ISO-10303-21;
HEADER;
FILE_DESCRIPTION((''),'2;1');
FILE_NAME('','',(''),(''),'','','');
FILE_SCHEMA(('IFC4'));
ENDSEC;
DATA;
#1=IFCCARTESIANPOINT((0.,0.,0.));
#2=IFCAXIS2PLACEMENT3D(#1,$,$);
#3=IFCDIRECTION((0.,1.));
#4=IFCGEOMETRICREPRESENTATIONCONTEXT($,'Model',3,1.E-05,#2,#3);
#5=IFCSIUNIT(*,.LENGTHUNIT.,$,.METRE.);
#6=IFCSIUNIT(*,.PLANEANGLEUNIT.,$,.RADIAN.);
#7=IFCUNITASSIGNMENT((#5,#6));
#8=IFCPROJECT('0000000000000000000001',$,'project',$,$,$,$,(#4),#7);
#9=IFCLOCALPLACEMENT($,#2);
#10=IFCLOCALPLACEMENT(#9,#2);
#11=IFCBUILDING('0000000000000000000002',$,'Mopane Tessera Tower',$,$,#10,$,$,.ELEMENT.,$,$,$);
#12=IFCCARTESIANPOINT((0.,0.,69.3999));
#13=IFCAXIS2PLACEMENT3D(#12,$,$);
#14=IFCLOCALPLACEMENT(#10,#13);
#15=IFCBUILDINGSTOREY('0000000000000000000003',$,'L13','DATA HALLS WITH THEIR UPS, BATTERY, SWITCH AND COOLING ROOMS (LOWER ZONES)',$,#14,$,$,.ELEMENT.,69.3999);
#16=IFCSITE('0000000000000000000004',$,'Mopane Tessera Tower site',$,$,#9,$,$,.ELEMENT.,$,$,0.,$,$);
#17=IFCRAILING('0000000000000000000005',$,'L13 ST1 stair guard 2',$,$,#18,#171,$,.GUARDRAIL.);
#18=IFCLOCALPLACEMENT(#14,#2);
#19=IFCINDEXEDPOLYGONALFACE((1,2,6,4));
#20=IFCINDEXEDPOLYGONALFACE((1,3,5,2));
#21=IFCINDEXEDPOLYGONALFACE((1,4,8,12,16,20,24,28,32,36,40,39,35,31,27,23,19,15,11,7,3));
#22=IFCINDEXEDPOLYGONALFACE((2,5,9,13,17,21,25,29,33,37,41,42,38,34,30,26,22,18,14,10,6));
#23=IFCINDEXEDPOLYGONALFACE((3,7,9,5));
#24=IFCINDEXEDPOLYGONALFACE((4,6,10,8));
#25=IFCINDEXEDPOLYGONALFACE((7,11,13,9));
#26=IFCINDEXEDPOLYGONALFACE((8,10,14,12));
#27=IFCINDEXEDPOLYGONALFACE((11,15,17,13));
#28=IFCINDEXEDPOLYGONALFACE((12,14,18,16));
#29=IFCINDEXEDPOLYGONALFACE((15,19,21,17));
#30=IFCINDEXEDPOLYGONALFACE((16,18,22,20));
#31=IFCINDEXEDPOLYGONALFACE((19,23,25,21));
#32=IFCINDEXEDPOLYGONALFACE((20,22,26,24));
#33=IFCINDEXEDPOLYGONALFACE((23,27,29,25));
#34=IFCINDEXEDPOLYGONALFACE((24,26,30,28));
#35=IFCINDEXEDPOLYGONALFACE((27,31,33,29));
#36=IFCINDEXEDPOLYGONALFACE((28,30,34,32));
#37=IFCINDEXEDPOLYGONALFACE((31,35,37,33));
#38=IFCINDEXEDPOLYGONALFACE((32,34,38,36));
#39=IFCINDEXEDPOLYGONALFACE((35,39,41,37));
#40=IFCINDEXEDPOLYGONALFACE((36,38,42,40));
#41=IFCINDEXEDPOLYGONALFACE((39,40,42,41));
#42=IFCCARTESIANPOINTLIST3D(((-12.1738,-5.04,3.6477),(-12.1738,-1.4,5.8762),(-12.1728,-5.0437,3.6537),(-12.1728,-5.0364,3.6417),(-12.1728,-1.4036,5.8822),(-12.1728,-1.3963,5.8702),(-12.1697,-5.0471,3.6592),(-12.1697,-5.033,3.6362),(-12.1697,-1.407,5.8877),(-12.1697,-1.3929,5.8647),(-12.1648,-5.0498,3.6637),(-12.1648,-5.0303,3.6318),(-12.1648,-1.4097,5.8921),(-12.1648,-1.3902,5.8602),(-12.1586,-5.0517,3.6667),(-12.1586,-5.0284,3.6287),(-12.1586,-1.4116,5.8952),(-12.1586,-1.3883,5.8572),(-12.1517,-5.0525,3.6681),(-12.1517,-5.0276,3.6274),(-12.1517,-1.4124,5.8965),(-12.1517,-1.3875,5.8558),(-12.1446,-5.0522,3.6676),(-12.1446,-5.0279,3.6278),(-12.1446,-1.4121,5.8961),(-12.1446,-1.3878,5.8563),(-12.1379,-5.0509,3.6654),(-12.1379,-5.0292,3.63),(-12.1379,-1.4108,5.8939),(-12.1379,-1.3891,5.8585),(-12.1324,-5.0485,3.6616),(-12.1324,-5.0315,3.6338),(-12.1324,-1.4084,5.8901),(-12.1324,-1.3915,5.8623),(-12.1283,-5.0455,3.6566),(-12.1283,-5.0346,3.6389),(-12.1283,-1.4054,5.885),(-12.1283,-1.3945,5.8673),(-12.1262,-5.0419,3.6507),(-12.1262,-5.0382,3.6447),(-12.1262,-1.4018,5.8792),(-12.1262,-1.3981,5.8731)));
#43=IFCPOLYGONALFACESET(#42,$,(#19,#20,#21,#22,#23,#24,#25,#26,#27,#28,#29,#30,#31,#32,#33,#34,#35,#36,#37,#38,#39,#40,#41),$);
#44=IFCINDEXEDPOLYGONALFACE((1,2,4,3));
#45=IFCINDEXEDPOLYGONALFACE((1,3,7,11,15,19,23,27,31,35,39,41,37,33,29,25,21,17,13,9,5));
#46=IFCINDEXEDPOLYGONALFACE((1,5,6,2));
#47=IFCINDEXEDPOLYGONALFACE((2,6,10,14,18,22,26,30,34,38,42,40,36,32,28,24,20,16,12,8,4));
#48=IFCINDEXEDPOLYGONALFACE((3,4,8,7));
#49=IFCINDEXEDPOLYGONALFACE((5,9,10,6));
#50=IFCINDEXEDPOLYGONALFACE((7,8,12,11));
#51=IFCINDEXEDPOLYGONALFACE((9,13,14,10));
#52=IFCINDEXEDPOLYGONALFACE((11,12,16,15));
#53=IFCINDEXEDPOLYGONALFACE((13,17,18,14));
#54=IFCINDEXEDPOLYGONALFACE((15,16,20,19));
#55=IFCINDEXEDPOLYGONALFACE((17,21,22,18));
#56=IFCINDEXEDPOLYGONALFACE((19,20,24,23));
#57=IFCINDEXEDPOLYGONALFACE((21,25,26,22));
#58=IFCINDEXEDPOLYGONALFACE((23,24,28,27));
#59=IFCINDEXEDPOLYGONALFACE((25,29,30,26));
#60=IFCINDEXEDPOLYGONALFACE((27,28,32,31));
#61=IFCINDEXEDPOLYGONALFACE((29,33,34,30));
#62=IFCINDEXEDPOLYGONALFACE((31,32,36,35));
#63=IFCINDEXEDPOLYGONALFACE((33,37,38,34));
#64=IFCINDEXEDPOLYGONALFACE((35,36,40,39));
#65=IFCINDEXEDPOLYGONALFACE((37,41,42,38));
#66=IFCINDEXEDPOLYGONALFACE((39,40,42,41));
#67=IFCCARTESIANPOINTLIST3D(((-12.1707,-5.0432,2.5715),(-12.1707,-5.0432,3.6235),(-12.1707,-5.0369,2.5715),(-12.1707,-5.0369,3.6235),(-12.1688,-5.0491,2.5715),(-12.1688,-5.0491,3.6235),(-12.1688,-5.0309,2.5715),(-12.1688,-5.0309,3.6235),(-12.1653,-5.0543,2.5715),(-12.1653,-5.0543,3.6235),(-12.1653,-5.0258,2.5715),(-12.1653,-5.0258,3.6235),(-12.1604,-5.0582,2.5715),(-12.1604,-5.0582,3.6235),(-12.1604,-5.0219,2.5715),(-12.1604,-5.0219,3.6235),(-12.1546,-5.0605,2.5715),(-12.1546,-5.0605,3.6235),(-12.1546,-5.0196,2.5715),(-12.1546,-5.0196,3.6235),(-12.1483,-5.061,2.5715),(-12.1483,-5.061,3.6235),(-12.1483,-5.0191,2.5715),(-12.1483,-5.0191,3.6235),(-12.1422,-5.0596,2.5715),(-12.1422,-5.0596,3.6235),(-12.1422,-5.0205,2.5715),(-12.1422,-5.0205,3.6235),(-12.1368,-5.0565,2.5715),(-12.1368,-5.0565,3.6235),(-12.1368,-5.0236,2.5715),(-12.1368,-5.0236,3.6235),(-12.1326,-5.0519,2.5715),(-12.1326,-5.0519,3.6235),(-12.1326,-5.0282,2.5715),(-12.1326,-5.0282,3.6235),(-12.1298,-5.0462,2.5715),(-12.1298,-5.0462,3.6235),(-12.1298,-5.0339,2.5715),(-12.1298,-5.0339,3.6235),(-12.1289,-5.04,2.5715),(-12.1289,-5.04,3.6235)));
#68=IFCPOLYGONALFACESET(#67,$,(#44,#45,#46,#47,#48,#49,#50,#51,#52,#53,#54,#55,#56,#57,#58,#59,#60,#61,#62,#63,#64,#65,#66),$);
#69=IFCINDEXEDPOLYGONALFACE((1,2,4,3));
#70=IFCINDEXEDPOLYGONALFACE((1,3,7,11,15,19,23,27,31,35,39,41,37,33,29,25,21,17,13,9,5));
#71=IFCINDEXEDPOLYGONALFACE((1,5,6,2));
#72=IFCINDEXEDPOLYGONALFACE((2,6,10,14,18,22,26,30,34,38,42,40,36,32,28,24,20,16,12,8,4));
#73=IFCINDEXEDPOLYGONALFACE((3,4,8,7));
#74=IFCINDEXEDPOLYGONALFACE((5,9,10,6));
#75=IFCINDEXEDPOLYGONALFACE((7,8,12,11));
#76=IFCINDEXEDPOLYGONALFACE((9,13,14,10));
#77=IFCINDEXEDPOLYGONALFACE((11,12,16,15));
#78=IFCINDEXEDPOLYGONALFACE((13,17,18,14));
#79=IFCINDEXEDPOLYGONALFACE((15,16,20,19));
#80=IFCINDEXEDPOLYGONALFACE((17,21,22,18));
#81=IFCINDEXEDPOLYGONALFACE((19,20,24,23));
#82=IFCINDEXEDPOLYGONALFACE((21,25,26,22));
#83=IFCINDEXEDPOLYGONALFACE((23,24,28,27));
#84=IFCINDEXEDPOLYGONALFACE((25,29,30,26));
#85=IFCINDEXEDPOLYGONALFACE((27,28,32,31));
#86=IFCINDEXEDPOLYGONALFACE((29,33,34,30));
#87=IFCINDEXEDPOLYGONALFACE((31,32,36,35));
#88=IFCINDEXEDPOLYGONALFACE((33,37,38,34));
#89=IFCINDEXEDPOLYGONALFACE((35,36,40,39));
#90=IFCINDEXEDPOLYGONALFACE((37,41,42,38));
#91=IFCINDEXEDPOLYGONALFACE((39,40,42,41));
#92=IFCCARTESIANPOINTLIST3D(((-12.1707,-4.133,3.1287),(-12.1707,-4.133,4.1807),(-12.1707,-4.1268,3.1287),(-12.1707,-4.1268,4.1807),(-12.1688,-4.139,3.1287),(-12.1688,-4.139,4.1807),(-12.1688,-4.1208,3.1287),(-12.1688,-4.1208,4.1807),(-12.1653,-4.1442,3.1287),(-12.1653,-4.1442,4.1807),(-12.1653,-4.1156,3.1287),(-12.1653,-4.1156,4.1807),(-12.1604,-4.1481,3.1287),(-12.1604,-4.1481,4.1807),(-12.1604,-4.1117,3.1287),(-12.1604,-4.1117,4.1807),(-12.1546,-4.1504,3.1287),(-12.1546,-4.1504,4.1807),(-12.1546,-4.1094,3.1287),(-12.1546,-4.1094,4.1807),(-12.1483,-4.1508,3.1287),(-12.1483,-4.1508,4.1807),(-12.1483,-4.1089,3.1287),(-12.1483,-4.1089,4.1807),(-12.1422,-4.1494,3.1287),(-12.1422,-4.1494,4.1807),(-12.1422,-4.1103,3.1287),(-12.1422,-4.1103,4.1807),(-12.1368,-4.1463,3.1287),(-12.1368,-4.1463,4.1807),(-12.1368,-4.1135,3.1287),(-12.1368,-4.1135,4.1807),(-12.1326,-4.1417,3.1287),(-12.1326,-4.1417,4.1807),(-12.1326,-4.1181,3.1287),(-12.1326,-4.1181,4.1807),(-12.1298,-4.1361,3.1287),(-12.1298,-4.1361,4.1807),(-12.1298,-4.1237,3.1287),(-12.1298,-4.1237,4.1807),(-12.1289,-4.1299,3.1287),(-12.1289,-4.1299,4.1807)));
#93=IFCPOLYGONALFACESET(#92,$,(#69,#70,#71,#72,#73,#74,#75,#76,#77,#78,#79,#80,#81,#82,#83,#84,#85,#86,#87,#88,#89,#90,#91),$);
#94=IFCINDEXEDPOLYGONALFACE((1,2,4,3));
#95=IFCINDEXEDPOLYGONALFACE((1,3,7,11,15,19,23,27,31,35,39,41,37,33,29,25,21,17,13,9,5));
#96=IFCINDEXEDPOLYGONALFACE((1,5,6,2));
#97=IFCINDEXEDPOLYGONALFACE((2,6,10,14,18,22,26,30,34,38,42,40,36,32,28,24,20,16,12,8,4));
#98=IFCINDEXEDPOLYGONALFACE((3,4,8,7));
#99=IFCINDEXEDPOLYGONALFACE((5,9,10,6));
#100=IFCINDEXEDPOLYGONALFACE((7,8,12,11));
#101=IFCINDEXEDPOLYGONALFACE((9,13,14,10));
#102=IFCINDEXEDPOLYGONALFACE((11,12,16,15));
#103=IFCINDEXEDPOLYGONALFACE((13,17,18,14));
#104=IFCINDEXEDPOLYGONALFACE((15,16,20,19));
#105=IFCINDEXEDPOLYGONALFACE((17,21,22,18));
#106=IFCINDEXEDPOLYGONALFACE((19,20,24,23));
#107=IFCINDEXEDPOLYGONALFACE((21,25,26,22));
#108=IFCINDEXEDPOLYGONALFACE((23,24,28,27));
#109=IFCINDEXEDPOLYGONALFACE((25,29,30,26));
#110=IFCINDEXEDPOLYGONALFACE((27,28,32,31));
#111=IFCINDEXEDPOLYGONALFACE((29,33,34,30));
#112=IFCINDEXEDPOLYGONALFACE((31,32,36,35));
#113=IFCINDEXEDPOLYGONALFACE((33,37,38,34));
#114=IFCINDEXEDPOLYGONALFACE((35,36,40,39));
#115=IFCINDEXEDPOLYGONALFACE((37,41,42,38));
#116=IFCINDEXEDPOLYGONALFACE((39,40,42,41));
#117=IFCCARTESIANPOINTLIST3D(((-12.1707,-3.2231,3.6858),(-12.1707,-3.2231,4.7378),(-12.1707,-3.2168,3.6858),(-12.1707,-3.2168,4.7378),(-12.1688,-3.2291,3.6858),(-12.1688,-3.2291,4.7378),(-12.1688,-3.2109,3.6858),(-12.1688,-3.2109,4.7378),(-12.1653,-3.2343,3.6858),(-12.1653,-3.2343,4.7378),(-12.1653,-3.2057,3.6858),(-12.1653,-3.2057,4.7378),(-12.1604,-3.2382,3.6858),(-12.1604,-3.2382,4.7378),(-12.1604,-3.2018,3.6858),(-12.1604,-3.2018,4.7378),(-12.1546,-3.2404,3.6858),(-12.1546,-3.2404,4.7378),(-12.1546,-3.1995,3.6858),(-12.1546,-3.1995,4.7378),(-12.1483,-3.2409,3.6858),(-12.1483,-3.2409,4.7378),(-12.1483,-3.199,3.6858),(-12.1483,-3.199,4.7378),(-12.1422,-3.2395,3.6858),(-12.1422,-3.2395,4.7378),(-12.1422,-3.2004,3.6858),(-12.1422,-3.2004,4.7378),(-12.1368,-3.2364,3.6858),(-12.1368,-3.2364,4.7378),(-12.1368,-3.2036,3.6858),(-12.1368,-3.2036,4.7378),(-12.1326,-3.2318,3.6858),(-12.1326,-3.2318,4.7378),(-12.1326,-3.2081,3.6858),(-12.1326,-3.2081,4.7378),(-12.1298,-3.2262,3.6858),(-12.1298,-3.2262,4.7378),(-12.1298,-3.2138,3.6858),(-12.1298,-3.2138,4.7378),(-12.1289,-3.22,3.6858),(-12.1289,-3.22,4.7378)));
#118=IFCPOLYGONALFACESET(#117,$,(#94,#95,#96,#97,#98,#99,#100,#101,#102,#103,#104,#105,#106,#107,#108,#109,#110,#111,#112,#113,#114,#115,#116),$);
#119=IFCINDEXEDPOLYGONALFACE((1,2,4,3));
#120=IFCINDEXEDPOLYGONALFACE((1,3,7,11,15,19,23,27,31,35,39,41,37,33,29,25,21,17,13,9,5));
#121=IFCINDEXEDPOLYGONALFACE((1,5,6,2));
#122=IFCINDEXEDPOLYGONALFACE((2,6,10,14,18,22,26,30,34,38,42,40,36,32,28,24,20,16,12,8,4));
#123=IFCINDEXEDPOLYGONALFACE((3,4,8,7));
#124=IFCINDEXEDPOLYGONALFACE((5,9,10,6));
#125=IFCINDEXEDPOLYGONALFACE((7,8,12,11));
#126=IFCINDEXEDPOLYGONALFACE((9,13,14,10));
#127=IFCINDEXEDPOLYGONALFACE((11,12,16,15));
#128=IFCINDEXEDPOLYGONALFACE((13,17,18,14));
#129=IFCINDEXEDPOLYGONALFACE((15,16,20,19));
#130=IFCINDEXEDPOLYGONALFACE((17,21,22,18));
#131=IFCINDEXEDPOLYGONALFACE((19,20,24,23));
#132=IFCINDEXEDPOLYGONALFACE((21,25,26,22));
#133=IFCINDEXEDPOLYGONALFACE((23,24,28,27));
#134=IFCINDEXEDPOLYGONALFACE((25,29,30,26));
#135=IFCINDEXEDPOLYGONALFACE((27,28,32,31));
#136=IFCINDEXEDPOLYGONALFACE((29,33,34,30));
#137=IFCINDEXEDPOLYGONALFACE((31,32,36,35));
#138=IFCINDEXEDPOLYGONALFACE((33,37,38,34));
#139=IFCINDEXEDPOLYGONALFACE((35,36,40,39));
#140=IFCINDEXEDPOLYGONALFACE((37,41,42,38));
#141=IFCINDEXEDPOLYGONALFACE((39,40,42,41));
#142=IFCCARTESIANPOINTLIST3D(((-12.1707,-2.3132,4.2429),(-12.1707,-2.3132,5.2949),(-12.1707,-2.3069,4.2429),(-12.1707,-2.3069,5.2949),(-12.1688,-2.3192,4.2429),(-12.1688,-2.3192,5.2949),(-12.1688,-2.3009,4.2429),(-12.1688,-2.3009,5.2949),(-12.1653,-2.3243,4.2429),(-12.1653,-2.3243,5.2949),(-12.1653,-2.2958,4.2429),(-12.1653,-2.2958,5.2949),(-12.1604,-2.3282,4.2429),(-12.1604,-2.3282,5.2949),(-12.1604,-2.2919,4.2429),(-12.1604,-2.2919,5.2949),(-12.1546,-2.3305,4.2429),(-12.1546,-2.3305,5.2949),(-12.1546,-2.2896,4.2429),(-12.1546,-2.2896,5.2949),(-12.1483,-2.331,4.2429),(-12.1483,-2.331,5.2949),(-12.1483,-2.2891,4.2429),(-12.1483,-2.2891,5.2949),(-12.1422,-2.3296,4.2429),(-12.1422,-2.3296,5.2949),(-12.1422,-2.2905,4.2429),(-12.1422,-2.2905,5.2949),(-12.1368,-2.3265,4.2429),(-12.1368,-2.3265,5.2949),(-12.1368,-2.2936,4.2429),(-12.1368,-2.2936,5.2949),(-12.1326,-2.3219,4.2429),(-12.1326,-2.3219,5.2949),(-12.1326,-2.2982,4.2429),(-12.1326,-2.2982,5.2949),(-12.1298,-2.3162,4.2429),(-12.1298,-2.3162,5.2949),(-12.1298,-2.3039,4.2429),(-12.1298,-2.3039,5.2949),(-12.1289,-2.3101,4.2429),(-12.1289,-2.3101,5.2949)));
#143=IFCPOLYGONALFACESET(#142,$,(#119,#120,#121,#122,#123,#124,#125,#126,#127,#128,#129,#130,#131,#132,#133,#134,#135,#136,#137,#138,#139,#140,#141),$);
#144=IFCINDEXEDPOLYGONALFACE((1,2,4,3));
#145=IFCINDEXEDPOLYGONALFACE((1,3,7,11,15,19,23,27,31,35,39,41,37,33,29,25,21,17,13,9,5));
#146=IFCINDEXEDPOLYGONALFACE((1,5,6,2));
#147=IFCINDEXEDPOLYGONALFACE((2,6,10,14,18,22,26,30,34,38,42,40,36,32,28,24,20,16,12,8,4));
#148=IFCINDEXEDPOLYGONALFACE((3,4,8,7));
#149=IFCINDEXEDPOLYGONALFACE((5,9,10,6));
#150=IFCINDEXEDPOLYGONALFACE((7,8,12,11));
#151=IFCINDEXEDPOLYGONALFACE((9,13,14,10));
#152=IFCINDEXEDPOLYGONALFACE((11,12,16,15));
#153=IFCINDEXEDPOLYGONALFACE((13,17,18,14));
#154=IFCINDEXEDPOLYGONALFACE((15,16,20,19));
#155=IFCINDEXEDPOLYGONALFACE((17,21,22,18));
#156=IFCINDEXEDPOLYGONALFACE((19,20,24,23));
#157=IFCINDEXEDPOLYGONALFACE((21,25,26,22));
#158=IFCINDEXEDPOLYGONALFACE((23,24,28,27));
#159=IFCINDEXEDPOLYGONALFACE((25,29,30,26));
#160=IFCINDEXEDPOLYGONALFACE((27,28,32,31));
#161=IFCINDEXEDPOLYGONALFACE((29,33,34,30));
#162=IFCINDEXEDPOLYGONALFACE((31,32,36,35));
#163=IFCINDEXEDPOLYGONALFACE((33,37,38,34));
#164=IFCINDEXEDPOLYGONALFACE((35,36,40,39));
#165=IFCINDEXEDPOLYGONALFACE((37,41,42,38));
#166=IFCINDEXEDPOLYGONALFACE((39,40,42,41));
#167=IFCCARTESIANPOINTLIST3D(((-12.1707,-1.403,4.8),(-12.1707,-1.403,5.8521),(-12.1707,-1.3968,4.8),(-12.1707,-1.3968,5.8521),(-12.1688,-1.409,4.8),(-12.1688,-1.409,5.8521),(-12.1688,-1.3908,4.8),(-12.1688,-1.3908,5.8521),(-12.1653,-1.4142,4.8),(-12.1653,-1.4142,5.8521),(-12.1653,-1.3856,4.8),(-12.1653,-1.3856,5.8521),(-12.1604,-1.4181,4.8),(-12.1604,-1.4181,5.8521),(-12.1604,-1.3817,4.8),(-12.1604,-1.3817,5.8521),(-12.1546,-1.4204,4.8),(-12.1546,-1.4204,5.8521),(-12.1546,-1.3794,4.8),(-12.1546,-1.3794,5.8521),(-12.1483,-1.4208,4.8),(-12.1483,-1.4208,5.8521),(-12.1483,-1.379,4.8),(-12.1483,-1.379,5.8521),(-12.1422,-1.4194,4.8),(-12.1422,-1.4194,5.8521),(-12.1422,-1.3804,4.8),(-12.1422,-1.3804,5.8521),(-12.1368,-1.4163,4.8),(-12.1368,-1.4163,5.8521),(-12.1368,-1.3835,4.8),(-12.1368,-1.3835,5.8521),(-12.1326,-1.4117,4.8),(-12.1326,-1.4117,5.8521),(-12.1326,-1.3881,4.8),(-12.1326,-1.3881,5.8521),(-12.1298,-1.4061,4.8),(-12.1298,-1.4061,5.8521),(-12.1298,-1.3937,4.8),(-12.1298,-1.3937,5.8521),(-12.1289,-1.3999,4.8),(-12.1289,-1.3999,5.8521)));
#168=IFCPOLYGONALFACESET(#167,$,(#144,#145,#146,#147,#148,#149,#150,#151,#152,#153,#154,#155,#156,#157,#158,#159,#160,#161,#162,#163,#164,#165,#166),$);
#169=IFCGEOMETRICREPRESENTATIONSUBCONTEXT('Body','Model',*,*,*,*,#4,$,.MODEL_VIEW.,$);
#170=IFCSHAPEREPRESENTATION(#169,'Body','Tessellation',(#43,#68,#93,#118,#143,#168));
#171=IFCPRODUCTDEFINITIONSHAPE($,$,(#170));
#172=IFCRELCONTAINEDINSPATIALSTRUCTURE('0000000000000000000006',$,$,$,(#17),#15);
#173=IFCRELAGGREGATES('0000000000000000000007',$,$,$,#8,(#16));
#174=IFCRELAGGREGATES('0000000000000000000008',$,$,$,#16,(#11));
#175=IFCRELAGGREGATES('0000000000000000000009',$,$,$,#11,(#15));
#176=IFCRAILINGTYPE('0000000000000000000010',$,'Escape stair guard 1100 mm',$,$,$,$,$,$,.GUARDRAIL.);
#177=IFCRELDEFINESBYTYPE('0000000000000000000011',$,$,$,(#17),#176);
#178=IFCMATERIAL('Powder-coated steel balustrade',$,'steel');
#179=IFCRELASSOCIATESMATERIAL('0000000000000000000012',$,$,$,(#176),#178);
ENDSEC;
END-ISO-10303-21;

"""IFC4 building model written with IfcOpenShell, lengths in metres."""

from ifc_helpers import new_model, si_unit, direction, frame, origin, origin_2d, place, context, subcontext, project, spatial, circle, extrude, material, type_object, element, save


model = new_model("IFC4")

# Units and contexts
model_context = context("Model", 3, precision=1e-05, world=origin(), true_north=direction((0.0, 1.0)))
body_context = subcontext(model_context, "Body", "Model", "MODEL_VIEW")
ifc_project = project(units=[si_unit("LENGTHUNIT", "METRE"), si_unit("PLANEANGLEUNIT", "RADIAN")], contexts=[model_context])

# Site, building, storey
site_placement = place(None, origin())
site = spatial("IfcSite", under=ifc_project, at=site_placement, Name="Mopane Tessera Tower site", CompositionType="ELEMENT", RefElevation=0.0)
building_placement = place(site_placement, origin())
building = spatial("IfcBuilding", under=site, at=building_placement, Name="Mopane Tessera Tower", CompositionType="ELEMENT")
storey_placement = place(building_placement, frame((0.0, 0.0, 69.3999)))
storey = spatial("IfcBuildingStorey", under=building, at=storey_placement, Name="L13", Description="DATA HALLS WITH THEIR UPS, BATTERY, SWITCH AND COOLING ROOMS (LOWER ZONES)", CompositionType="ELEMENT", Elevation=69.3999)

# Railing
ifc_material_1 = material(Name="Powder-coated steel balustrade", Category="steel")
railing_type_1 = type_object("IfcRailingType", Name="Escape stair guard 1100 mm", PredefinedType="GUARDRAIL", material=ifc_material_1)
railing_1_placement = place(storey_placement, frame((-12.1499, -5.04, 2.5715)))
element("IfcRailing", 1, at=railing_1_placement, inside=storey, type_object=railing_type_1, Name="L13 ST1 stair guard 2", PredefinedType="GUARDRAIL", context=body_context, shape_type="SweptSolid", body=[
    extrude(circle(Radius=0.0239, at=origin_2d()), frame((0.0, 0.0, 1.0762), z_axis=(0.0, 0.852866, 0.52213), x_axis=(-1.0, 0.0, 0.0)), (0.0, 0.0, 1.0), 4.2681),
    extrude(circle(Radius=0.021, at=origin_2d()), origin(), (0.0, 0.0, 1.0), 1.052),
    extrude(circle(Radius=0.021, at=origin_2d()), frame((0.0, 0.9102, 0.5571)), (0.0, 0.0, 1.0), 1.052),
    extrude(circle(Radius=0.021, at=origin_2d()), frame((0.0, 1.8201, 1.1143)), (0.0, 0.0, 1.0), 1.052),
    extrude(circle(Radius=0.021, at=origin_2d()), frame((0.0, 2.73, 1.6714)), (0.0, 0.0, 1.0), 1.052),
    extrude(circle(Radius=0.021, at=origin_2d()), frame((0.0, 3.6401, 2.2285)), (0.0, 0.0, 1.0), 1.052),
])

save(model, "model.ifc")
